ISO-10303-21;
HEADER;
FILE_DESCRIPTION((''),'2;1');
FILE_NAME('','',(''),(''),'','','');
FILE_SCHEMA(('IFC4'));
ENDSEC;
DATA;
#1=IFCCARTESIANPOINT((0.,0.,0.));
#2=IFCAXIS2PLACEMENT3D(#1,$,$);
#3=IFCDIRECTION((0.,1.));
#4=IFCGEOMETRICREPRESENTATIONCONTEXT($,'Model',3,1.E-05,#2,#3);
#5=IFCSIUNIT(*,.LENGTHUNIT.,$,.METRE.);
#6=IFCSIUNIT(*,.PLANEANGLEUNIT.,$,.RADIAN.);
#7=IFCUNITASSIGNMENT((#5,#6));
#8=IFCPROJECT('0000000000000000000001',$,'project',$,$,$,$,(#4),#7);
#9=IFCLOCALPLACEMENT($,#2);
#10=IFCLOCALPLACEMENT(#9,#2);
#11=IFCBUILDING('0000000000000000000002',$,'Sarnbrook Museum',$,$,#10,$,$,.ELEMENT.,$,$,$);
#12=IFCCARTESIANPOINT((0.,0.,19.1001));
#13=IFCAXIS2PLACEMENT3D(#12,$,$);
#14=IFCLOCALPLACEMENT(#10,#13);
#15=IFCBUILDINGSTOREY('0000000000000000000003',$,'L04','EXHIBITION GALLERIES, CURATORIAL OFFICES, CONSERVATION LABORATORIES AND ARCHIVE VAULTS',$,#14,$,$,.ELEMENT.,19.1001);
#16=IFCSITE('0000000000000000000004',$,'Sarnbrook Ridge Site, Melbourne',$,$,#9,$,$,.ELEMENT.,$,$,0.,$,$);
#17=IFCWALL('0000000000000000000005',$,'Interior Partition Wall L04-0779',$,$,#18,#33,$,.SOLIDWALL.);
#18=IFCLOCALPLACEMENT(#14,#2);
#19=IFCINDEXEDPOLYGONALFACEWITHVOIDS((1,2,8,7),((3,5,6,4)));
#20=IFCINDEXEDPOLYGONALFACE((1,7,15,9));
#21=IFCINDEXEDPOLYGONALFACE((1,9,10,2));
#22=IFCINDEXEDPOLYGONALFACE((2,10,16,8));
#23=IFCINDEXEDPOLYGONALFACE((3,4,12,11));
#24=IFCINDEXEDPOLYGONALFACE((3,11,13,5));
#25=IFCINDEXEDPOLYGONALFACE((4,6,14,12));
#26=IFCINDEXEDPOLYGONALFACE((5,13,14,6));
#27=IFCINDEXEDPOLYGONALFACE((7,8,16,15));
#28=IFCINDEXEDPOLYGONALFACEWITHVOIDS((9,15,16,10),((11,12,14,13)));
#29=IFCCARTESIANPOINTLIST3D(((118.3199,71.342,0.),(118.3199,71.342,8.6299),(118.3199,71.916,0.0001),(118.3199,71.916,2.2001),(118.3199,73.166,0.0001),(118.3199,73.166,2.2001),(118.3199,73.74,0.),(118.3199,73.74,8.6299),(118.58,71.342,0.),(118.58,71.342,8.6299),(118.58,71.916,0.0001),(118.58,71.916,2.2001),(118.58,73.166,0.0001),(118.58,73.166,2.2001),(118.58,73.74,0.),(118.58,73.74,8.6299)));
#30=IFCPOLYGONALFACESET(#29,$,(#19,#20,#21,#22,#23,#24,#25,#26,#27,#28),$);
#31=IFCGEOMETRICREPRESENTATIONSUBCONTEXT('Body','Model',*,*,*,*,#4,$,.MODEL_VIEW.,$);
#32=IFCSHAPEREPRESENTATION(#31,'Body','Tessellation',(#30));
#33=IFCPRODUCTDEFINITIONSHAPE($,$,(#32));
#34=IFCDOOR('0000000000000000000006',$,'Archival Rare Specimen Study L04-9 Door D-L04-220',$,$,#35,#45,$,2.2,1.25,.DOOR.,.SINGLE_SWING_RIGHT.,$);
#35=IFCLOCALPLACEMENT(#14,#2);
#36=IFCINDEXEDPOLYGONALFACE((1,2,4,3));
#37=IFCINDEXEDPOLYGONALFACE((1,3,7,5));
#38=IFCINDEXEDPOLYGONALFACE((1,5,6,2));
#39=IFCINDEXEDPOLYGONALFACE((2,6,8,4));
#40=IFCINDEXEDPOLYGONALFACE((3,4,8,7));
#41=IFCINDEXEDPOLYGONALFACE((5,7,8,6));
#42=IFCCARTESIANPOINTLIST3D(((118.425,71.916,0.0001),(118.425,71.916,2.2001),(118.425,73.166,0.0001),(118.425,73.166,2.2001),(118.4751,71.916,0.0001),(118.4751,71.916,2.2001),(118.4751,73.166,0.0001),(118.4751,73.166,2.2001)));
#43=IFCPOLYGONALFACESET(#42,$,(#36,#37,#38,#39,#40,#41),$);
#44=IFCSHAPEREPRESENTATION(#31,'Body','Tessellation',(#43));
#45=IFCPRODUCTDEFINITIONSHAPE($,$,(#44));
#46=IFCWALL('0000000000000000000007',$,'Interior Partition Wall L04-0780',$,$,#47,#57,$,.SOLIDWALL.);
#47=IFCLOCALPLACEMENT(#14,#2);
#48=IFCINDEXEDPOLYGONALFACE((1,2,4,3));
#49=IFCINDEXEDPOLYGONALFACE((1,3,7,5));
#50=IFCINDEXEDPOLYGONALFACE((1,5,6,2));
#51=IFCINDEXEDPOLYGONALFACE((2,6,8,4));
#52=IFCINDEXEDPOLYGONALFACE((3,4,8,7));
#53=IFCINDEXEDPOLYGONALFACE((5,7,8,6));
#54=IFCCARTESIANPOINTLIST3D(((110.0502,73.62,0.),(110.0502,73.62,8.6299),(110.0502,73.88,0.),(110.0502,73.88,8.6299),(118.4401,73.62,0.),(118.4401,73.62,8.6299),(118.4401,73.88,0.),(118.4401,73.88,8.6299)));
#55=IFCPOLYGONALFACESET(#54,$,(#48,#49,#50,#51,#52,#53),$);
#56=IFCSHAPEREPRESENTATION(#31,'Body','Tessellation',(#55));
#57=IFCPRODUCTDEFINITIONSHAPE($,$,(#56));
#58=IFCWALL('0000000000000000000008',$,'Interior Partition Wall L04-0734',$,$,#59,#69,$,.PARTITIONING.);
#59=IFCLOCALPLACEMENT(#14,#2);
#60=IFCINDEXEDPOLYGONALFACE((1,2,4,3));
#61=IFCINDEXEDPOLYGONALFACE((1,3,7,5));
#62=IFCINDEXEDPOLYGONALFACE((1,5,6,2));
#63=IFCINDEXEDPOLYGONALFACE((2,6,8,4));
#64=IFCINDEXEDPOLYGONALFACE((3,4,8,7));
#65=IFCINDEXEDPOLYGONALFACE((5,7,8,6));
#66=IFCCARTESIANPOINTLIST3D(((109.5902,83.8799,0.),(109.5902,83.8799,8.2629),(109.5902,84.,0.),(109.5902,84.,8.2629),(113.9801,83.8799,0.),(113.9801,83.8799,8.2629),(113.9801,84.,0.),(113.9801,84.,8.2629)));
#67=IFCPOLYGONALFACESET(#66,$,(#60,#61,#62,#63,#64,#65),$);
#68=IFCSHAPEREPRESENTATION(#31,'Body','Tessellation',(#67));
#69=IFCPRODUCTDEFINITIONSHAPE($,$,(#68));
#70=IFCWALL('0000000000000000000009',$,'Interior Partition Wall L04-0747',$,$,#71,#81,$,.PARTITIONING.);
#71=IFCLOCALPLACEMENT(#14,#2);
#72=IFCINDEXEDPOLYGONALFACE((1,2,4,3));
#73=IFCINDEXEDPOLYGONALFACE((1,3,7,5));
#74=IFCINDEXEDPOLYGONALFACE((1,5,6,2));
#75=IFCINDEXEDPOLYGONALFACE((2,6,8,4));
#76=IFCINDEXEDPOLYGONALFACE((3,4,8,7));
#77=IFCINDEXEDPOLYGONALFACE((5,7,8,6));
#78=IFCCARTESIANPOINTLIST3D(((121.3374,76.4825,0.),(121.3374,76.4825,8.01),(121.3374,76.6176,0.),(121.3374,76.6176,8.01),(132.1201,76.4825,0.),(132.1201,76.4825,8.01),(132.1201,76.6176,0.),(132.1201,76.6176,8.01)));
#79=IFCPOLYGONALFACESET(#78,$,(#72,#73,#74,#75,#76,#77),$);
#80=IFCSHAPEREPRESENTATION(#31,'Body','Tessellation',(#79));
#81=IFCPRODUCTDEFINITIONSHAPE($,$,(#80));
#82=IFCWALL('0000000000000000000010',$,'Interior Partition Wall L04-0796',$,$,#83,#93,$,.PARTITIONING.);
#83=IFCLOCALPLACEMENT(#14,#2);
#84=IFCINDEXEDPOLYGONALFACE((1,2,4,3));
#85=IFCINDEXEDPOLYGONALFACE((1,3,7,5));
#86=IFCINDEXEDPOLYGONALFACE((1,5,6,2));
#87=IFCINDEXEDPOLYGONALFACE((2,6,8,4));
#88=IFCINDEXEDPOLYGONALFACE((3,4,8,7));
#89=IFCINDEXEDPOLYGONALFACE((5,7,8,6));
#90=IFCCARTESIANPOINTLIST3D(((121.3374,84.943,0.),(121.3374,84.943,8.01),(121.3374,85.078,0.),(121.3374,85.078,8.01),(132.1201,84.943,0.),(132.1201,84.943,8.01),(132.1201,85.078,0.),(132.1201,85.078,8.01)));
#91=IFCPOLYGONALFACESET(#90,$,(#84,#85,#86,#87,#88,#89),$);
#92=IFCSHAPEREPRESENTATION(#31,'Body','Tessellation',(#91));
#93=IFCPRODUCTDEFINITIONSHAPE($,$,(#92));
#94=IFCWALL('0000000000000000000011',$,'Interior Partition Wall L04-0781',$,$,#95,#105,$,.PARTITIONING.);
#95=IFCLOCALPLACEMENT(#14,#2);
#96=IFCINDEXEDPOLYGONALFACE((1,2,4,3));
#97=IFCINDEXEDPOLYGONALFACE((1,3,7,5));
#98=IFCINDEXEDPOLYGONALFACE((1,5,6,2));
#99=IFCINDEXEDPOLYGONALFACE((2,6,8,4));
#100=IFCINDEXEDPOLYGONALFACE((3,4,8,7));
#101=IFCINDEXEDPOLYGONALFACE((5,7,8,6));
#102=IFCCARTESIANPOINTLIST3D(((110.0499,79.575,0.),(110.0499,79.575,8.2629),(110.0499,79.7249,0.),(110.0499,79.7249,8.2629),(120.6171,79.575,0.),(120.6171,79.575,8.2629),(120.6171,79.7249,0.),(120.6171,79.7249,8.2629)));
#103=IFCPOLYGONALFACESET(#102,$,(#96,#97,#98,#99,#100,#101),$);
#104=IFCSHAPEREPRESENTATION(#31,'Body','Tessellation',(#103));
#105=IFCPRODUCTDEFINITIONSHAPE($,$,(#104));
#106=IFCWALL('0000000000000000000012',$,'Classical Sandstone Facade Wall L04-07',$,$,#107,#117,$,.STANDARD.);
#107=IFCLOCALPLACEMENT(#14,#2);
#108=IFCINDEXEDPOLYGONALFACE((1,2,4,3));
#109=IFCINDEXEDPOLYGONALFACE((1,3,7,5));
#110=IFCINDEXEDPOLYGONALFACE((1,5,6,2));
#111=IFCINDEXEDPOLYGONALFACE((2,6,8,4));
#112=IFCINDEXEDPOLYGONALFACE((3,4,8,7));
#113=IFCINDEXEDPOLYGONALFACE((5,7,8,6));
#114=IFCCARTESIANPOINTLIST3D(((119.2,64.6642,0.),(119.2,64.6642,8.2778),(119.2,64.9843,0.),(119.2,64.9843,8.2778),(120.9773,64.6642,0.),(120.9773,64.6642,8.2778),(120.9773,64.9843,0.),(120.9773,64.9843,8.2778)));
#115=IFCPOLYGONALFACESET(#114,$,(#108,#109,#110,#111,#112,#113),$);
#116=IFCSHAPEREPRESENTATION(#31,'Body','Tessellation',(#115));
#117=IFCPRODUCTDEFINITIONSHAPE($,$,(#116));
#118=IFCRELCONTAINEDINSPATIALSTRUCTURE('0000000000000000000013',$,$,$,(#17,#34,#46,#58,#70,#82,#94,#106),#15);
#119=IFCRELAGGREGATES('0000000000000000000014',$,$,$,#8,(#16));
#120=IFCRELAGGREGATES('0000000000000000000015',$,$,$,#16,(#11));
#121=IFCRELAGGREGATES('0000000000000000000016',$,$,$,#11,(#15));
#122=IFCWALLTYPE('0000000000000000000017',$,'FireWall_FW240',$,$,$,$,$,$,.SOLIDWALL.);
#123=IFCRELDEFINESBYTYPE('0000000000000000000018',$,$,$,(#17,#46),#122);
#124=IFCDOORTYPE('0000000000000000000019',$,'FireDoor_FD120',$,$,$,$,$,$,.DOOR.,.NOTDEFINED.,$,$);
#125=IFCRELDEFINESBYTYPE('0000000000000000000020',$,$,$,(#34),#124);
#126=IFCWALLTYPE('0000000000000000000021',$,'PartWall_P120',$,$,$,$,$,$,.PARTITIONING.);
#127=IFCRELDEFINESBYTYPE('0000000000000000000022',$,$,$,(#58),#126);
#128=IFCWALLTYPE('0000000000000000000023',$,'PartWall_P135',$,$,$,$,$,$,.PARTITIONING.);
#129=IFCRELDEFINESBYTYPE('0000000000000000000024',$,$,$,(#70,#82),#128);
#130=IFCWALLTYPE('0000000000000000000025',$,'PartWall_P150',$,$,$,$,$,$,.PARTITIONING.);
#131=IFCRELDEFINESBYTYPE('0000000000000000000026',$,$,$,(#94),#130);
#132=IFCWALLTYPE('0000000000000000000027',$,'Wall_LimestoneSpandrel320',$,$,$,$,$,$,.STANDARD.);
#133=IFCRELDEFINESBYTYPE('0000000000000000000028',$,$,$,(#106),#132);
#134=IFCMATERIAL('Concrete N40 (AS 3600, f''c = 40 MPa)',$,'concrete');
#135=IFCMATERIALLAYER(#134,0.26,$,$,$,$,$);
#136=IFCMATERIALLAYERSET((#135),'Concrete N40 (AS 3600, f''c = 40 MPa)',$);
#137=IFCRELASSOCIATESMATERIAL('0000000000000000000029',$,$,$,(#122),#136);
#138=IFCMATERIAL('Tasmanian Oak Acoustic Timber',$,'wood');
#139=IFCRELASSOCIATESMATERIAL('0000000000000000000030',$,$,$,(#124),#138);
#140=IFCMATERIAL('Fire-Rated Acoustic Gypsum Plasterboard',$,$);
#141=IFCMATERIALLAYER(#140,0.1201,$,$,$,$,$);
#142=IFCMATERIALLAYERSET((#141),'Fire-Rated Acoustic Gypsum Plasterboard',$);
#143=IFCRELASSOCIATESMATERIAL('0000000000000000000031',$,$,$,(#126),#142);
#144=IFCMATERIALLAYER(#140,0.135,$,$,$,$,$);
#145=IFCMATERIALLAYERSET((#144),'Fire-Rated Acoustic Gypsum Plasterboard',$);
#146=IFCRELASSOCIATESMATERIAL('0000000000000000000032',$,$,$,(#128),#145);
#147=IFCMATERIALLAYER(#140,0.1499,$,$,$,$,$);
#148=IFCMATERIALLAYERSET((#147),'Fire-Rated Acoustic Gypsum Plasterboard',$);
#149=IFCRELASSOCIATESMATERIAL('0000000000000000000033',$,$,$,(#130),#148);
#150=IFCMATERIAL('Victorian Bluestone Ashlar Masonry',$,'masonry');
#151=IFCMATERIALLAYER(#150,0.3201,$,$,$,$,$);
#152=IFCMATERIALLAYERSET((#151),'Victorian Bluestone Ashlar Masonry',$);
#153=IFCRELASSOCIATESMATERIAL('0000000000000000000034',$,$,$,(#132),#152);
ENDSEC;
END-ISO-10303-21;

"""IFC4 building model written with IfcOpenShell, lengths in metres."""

from ifc_helpers import new_model, si_unit, direction, frame, frame_2d, origin, place, context, subcontext, project, spatial, rectangle, extrude, material, layer, layer_set, type_object, element, fill, save


model = new_model("IFC4")

# Units and contexts
model_context = context("Model", 3, precision=1e-05, world=origin(), true_north=direction((0.0, 1.0)))
body_context = subcontext(model_context, "Body", "Model", "MODEL_VIEW")
ifc_project = project(units=[si_unit("LENGTHUNIT", "METRE"), si_unit("PLANEANGLEUNIT", "RADIAN")], contexts=[model_context])

# Site, building, storey
site_placement = place(None, origin())
site = spatial("IfcSite", under=ifc_project, at=site_placement, Name="Sarnbrook Ridge Site, Melbourne", CompositionType="ELEMENT", RefElevation=0.0)
building_placement = place(site_placement, origin())
building = spatial("IfcBuilding", under=site, at=building_placement, Name="Sarnbrook Museum", CompositionType="ELEMENT")
storey_placement = place(building_placement, frame((0.0, 0.0, 19.1001)))
storey = spatial("IfcBuildingStorey", under=building, at=storey_placement, Name="L04", Description="EXHIBITION GALLERIES, CURATORIAL OFFICES, CONSERVATION LABORATORIES AND ARCHIVE VAULTS", CompositionType="ELEMENT", Elevation=19.1001)

# Wall, opening, door
ifc_material_1 = material(Name="Tasmanian Oak Acoustic Timber", Category="wood")
ifc_material_2 = material(Name="Concrete N40 (AS 3600, f'c = 40 MPa)", Category="concrete")
ifc_layer_1 = layer(ifc_material_2, 0.26)
ifc_layer_set_1 = layer_set([ifc_layer_1], Name="Concrete N40 (AS 3600, f'c = 40 MPa)")
wall_type_1 = type_object("IfcWallType", Name="FireWall_FW240", PredefinedType="SOLIDWALL", material=ifc_layer_set_1)
wall_1_placement = place(storey_placement, frame((118.45, 71.342, 0.0), z_axis=(0.0, 0.0, 1.0), x_axis=(0.0, 1.0, 0.0)))
wall_1 = element("IfcWall", 1, at=wall_1_placement, inside=storey, type_object=wall_type_1, Name="Interior Partition Wall L04-0779", PredefinedType="SOLIDWALL", context=body_context, shape_type="SweptSolid", body=[
    extrude(rectangle(XDim=2.3979, YDim=0.26, at=frame_2d((1.199, 0.0))), origin(), (0.0, 0.0, 1.0), 8.6299),
])
opening_1_placement = place(wall_1_placement, frame((0.574, 0.0, 0.0)))
opening_1 = element("IfcOpeningElement", 2, at=opening_1_placement, cuts=wall_1, PredefinedType="OPENING", context=body_context, shape_type="SweptSolid", body=[
    extrude(rectangle(XDim=1.25, YDim=2.2, at=frame_2d((0.625, 1.1001))), frame((0.0, 0.1401, 0.0), z_axis=(0.0, -1.0, 0.0), x_axis=(1.0, 0.0, 0.0)), (0.0, 0.0, 1.0), 0.28),
])
door_type_1 = type_object("IfcDoorType", Name="FireDoor_FD120", OperationType="NOTDEFINED", PredefinedType="DOOR", material=ifc_material_1)
door_1_placement = place(opening_1_placement, origin())
door_1 = element("IfcDoor", 3, at=door_1_placement, inside=storey, type_object=door_type_1, Name="Archival Rare Specimen Study L04-9 Door D-L04-220", OperationType="SINGLE_SWING_RIGHT", OverallHeight=2.2, OverallWidth=1.25, PredefinedType="DOOR", context=body_context, shape_type="SweptSolid", body=[
    extrude(rectangle(XDim=1.25, YDim=2.2, at=frame_2d((0.625, 1.1001))), frame((0.0, 0.0249, 0.0), z_axis=(0.0, -1.0, 0.0), x_axis=(1.0, 0.0, 0.0)), (0.0, 0.0, 1.0), 0.05),
])
fill(opening_1, door_1)

# Walls
wall_2_placement = place(storey_placement, frame((118.4399, 73.75, 0.0), z_axis=(0.0, 0.0, 1.0), x_axis=(-1.0, 0.0, 0.0)))
element("IfcWall", 4, at=wall_2_placement, inside=storey, type_object=wall_type_1, Name="Interior Partition Wall L04-0780", PredefinedType="SOLIDWALL", context=body_context, shape_type="SweptSolid", body=[
    extrude(rectangle(XDim=8.3899, YDim=0.26, at=frame_2d((4.1948, 0.0))), origin(), (0.0, 0.0, 1.0), 8.6299),
])
ifc_material_3 = material(Name="Fire-Rated Acoustic Gypsum Plasterboard")
ifc_layer_2 = layer(ifc_material_3, 0.1201)
ifc_layer_set_2 = layer_set([ifc_layer_2], Name="Fire-Rated Acoustic Gypsum Plasterboard")
wall_type_2 = type_object("IfcWallType", Name="PartWall_P120", PredefinedType="PARTITIONING", material=ifc_layer_set_2)
wall_3_placement = place(storey_placement, frame((113.98, 83.9399, 0.0), z_axis=(0.0, 0.0, 1.0), x_axis=(-1.0, 0.0, 0.0)))
element("IfcWall", 5, at=wall_3_placement, inside=storey, type_object=wall_type_2, Name="Interior Partition Wall L04-0734", PredefinedType="PARTITIONING", context=body_context, shape_type="SweptSolid", body=[
    extrude(rectangle(XDim=4.3899, YDim=0.1201, at=frame_2d((2.1948, 0.0))), origin(), (0.0, 0.0, 1.0), 8.2629),
])
ifc_layer_3 = layer(ifc_material_3, 0.135)
ifc_layer_set_3 = layer_set([ifc_layer_3], Name="Fire-Rated Acoustic Gypsum Plasterboard")
wall_type_3 = type_object("IfcWallType", Name="PartWall_P135", PredefinedType="PARTITIONING", material=ifc_layer_set_3)
for number, where, z_axis, x_axis, name in (
    (6, (121.3374, 76.55, 0.0), (0.0, 0.0, 1.0), (1.0, 0.0, 0.0), "Interior Partition Wall L04-0747"),
    (7, (121.3374, 85.0105, 0.0), (0.0, 0.0, 1.0), (1.0, 0.0, 0.0), "Interior Partition Wall L04-0796"),
):
    element("IfcWall", number, at=place(storey_placement, frame(where, z_axis=z_axis, x_axis=x_axis)), inside=storey, type_object=wall_type_3, Name=name, PredefinedType="PARTITIONING", context=body_context, shape_type="SweptSolid", body=[
        extrude(rectangle(XDim=10.7827, YDim=0.135, at=frame_2d((5.3914, 0.0))), origin(), (0.0, 0.0, 1.0), 8.01),
    ])
ifc_layer_4 = layer(ifc_material_3, 0.1499)
ifc_layer_set_4 = layer_set([ifc_layer_4], Name="Fire-Rated Acoustic Gypsum Plasterboard")
wall_type_4 = type_object("IfcWallType", Name="PartWall_P150", PredefinedType="PARTITIONING", material=ifc_layer_set_4)
wall_4_placement = place(storey_placement, frame((120.6172, 79.6499, 0.0), z_axis=(0.0, 0.0, 1.0), x_axis=(-1.0, 0.0, 0.0)))
element("IfcWall", 8, at=wall_4_placement, inside=storey, type_object=wall_type_4, Name="Interior Partition Wall L04-0781", PredefinedType="PARTITIONING", context=body_context, shape_type="SweptSolid", body=[
    extrude(rectangle(XDim=10.5671, YDim=0.1499, at=frame_2d((5.2837, 0.0))), origin(), (0.0, 0.0, 1.0), 8.2629),
])
ifc_material_4 = material(Name="Victorian Bluestone Ashlar Masonry", Category="masonry")
ifc_layer_5 = layer(ifc_material_4, 0.3201)
ifc_layer_set_5 = layer_set([ifc_layer_5], Name="Victorian Bluestone Ashlar Masonry")
wall_type_5 = type_object("IfcWallType", Name="Wall_LimestoneSpandrel320", PredefinedType="STANDARD", material=ifc_layer_set_5)
wall_5_placement = place(storey_placement, frame((119.2, 64.8242, 0.0), z_axis=(0.0, 0.0, 1.0), x_axis=(1.0, 0.0, 0.0)))
element("IfcWall", 9, at=wall_5_placement, inside=storey, type_object=wall_type_5, Name="Classical Sandstone Facade Wall L04-07", PredefinedType="STANDARD", context=body_context, shape_type="SweptSolid", body=[
    extrude(rectangle(XDim=1.7773, YDim=0.3201, at=frame_2d((0.8887, 0.0))), origin(), (0.0, 0.0, 1.0), 8.2778),
])

save(model, "model.ifc")
